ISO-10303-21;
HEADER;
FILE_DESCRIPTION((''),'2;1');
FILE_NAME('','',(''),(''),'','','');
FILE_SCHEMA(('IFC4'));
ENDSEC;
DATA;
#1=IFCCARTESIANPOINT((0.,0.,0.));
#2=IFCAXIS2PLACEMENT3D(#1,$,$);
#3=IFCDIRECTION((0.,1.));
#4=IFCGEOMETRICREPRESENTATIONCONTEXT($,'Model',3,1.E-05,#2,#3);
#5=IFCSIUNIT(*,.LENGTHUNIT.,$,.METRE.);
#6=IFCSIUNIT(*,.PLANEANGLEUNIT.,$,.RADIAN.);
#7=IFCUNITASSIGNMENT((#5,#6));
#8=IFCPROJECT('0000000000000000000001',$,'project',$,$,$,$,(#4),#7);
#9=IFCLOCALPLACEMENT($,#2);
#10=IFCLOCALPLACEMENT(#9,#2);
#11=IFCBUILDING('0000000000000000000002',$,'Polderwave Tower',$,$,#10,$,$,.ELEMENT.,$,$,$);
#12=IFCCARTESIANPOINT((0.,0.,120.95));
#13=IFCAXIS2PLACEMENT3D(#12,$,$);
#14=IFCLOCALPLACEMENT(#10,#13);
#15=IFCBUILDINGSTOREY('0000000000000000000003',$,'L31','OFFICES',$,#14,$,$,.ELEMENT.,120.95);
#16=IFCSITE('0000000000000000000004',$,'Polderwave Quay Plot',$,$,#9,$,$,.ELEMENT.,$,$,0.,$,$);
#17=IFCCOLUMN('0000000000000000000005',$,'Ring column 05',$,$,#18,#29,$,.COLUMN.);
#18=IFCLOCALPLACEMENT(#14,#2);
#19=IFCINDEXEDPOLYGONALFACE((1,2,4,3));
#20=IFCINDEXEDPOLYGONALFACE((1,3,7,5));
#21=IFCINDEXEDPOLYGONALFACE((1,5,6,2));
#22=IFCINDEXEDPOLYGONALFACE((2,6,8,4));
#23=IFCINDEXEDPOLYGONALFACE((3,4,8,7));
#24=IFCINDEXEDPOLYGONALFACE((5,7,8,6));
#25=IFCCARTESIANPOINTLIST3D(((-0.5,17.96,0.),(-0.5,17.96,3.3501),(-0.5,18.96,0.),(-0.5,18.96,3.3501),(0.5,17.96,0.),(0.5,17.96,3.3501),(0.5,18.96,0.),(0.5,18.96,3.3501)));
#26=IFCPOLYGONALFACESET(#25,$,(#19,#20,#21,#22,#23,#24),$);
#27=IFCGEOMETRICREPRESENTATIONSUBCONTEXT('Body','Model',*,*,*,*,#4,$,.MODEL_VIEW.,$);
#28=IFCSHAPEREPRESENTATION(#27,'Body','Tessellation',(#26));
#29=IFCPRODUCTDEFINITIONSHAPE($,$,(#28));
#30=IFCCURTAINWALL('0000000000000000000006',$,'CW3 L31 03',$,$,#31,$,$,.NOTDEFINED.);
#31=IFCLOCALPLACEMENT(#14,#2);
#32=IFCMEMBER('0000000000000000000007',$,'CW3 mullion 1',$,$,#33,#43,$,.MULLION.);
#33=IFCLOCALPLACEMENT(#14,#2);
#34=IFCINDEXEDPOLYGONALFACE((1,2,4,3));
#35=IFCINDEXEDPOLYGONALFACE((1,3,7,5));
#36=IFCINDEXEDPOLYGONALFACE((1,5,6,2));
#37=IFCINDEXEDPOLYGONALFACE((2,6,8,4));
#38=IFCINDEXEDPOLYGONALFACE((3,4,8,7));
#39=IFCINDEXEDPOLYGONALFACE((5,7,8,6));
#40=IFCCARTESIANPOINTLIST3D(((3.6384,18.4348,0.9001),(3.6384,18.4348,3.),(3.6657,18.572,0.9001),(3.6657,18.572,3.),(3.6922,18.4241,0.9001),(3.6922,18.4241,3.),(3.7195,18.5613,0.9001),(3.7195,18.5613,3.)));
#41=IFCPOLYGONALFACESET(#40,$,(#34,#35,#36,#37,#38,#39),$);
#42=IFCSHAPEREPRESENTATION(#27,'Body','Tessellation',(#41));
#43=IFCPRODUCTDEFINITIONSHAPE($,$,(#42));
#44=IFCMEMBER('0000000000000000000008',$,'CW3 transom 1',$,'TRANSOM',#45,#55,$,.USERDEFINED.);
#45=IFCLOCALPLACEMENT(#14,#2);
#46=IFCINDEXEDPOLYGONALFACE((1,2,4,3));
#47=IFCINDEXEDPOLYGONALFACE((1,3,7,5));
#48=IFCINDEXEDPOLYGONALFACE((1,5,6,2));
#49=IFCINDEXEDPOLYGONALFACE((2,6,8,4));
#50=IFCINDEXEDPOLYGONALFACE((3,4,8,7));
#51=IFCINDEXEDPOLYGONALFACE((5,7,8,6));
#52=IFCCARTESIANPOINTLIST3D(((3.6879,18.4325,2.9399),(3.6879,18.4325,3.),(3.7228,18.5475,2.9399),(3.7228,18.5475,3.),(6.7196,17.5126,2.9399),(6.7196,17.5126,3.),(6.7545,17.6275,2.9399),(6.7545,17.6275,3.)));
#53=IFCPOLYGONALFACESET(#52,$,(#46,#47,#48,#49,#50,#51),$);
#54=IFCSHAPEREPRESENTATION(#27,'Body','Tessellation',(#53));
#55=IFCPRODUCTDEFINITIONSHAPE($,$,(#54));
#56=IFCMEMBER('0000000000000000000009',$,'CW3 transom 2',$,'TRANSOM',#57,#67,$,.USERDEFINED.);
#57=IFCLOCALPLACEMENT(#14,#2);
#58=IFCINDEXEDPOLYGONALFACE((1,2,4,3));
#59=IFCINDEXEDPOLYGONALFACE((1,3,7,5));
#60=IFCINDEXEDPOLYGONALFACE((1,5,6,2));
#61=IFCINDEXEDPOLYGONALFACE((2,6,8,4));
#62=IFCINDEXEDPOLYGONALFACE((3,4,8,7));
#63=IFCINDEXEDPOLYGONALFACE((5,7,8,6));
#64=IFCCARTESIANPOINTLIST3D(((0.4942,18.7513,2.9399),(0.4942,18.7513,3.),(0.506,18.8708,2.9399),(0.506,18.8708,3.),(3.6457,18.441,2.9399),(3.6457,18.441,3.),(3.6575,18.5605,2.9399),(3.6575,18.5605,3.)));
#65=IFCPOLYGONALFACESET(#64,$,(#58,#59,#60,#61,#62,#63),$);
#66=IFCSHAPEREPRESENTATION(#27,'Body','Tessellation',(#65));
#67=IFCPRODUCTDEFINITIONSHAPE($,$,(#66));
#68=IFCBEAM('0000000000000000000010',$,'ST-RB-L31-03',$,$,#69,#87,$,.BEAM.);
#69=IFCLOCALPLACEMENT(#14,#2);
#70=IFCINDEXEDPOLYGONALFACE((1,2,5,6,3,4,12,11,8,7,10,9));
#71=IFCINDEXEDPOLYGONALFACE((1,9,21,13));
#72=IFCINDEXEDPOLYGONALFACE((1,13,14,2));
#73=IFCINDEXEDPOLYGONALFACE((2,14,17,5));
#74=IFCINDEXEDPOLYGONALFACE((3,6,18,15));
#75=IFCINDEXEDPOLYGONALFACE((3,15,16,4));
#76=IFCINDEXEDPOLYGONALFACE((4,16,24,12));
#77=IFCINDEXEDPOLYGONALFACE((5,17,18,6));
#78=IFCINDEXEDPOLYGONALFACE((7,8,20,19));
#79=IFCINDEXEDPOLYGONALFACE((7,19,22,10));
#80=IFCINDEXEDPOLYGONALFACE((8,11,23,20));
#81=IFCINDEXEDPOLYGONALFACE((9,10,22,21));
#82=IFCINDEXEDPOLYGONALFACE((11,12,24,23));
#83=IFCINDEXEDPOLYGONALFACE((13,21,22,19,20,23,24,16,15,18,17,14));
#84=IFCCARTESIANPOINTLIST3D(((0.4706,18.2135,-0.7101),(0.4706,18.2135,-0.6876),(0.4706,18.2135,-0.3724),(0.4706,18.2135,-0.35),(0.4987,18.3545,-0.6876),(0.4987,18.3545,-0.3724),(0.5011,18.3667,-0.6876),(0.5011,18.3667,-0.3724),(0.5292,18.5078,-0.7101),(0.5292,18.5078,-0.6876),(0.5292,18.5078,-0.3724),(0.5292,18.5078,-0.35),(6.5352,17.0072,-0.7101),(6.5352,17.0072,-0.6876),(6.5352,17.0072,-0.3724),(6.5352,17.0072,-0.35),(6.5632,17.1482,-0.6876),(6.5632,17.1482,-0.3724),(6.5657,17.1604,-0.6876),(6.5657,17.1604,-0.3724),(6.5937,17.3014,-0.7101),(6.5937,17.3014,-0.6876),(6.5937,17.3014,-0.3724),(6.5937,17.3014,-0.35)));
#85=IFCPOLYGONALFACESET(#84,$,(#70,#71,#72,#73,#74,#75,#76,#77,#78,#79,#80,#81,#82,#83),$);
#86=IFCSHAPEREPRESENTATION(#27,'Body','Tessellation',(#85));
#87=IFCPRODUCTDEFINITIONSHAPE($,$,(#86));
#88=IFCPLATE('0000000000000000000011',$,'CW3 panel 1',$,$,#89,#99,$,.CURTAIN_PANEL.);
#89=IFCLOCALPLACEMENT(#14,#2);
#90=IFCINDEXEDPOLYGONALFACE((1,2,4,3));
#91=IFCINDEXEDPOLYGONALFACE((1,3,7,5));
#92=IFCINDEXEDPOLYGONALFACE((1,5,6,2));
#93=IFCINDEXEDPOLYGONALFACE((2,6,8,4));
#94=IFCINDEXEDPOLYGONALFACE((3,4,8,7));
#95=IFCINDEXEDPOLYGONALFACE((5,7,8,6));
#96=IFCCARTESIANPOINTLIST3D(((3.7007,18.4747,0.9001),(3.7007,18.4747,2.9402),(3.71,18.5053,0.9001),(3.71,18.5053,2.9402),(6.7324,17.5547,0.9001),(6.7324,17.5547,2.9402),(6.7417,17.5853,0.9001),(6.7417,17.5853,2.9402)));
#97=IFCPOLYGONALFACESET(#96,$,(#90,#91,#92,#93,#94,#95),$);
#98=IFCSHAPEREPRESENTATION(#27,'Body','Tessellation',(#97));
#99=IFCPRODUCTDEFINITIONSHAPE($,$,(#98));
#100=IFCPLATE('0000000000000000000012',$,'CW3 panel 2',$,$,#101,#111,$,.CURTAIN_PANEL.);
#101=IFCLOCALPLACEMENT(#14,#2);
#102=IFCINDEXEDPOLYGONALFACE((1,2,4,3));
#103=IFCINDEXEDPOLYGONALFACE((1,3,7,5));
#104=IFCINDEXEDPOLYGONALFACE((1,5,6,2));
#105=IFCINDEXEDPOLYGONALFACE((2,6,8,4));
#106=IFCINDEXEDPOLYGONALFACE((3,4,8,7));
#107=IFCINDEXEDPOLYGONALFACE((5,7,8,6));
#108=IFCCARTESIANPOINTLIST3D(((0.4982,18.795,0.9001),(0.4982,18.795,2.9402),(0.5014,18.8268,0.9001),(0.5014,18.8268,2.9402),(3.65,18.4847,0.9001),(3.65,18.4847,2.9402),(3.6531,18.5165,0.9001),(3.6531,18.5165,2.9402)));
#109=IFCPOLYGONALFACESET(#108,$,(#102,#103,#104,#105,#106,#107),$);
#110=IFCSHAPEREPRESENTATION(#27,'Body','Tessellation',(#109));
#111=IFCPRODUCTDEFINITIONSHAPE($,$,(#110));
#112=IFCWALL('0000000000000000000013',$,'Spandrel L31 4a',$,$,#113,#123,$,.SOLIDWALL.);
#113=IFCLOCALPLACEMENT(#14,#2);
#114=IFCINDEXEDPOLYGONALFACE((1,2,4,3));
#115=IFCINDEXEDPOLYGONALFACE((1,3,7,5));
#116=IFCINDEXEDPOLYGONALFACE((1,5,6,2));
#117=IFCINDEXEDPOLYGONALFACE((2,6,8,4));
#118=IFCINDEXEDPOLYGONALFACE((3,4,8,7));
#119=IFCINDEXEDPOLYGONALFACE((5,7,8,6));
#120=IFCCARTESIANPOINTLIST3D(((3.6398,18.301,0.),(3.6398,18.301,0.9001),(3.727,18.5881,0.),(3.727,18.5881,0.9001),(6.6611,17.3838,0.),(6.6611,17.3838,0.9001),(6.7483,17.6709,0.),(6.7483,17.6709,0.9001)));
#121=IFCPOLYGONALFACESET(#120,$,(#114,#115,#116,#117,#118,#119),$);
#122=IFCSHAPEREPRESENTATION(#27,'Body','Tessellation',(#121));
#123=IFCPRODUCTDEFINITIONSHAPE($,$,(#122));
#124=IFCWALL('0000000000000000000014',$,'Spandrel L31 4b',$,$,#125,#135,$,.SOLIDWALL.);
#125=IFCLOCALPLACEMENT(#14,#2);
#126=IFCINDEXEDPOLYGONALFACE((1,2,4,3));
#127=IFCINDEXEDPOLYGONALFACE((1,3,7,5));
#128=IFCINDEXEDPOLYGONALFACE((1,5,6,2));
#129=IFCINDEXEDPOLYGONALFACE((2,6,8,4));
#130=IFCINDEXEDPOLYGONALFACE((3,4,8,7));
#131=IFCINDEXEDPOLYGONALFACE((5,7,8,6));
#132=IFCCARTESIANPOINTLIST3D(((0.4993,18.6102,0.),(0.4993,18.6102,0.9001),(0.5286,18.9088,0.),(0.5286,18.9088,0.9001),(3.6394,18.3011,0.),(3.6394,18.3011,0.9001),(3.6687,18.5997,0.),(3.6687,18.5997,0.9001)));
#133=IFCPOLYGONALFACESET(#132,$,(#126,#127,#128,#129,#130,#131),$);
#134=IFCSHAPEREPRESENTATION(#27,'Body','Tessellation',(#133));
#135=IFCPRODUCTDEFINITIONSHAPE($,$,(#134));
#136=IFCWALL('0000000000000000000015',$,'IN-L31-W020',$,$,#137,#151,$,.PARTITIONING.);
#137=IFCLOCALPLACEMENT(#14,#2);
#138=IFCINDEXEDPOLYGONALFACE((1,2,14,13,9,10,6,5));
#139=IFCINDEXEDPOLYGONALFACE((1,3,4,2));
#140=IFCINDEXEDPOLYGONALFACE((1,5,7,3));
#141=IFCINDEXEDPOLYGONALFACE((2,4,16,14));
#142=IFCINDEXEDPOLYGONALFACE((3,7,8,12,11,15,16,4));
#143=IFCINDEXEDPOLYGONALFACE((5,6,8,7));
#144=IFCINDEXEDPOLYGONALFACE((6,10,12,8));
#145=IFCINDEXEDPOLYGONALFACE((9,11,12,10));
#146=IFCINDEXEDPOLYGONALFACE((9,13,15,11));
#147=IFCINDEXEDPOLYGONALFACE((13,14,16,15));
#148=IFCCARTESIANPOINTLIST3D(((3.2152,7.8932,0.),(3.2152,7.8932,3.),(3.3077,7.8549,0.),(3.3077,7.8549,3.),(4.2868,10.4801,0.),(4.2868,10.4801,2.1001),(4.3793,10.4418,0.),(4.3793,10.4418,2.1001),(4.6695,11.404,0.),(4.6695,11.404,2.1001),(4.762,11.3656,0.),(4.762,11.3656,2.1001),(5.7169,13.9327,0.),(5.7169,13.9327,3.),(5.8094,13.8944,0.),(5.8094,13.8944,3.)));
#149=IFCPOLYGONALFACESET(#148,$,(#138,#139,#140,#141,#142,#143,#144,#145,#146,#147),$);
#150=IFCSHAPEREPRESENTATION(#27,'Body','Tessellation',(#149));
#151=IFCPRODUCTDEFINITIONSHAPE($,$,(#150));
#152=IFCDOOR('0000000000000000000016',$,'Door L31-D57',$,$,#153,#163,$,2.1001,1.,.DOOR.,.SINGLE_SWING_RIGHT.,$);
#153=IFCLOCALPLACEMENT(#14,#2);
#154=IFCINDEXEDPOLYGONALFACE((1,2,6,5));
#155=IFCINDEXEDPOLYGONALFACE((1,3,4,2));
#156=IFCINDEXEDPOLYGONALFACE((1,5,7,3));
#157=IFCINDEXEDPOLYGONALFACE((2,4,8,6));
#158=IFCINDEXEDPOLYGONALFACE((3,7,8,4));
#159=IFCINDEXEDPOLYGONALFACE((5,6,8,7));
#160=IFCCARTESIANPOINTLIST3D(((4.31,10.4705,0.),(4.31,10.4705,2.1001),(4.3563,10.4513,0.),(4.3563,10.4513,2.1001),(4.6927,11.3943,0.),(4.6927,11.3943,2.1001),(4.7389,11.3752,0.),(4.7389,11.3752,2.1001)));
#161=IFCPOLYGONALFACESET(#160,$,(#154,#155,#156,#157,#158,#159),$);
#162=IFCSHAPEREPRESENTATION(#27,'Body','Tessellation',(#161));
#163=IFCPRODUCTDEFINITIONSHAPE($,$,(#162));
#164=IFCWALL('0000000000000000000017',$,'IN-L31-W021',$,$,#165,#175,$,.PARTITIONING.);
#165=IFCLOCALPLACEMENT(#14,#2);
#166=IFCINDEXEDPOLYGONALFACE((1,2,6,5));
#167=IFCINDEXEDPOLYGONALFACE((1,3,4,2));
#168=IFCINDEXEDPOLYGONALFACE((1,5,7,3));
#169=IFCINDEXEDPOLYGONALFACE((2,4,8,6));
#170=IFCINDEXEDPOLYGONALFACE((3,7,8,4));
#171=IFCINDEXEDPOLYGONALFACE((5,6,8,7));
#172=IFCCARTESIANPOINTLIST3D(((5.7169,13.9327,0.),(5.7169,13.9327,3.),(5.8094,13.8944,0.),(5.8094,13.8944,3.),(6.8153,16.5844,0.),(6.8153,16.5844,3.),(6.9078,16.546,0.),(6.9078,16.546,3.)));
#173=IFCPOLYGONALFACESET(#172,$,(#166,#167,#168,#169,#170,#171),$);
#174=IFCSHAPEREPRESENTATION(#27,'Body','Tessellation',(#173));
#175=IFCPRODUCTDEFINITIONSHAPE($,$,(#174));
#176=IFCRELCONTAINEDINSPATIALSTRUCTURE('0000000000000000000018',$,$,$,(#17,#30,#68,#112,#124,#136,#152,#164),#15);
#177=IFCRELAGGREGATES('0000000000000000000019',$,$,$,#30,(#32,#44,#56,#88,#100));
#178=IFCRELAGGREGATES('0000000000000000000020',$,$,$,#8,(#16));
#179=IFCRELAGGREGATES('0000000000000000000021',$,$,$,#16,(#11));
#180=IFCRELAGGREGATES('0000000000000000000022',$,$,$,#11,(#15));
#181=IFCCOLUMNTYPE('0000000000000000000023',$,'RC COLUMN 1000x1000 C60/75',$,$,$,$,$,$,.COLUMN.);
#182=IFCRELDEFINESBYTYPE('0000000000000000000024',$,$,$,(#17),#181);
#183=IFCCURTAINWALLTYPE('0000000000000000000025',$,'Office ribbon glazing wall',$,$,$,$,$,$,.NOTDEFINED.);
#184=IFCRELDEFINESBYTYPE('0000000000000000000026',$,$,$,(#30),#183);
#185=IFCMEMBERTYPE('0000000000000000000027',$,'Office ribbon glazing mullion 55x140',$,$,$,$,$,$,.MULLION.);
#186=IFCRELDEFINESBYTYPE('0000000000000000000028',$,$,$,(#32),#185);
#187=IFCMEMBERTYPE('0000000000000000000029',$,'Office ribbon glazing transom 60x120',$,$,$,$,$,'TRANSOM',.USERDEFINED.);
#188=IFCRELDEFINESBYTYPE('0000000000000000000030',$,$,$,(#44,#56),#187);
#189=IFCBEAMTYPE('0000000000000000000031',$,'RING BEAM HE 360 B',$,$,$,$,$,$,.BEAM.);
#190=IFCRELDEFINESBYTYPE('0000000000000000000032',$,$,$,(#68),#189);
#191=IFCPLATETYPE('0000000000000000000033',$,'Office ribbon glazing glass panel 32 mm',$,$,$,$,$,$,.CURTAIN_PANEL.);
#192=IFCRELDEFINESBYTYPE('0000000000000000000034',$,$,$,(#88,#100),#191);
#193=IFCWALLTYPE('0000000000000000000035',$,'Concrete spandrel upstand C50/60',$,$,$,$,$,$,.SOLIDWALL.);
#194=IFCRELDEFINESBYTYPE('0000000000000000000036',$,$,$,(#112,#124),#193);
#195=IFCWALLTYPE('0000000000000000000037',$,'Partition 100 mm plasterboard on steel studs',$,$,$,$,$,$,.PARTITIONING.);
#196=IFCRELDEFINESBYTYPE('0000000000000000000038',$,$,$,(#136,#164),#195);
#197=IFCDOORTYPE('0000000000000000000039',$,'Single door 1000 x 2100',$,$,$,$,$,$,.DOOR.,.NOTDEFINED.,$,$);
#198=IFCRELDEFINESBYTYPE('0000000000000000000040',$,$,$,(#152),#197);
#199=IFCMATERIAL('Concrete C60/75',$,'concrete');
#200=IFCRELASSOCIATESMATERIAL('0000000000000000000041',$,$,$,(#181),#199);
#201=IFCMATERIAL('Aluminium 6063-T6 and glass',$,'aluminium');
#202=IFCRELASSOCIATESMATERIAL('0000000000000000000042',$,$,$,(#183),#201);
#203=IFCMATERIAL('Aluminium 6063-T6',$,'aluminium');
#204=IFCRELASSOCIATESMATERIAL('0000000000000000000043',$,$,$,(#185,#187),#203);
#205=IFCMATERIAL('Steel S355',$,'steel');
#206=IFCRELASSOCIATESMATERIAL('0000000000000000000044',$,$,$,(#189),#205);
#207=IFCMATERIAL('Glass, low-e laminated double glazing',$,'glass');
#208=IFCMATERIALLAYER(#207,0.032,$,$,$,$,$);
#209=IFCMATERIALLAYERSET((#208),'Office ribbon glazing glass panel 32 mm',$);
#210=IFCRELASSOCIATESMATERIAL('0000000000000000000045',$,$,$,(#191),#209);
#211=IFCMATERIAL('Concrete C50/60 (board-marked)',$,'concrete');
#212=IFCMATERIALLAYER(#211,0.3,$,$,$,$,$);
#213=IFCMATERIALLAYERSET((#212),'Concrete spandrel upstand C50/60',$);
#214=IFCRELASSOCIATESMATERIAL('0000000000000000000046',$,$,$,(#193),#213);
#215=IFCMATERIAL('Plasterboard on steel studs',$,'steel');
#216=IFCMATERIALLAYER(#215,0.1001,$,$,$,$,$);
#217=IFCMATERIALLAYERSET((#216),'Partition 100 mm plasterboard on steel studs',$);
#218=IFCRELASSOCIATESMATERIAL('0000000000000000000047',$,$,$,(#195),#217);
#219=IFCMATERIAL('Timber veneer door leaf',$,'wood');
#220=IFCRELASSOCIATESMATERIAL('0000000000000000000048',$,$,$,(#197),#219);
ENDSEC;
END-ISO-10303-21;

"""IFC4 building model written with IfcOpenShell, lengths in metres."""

from ifc_helpers import new_model, si_unit, direction, frame, frame_2d, origin, origin_2d, place, context, subcontext, project, spatial, rectangle, i_section, extrude, material, layer, layer_set, material_profile, profile_set, type_object, element, fill, aggregate, save


model = new_model("IFC4")

# Units and contexts
model_context = context("Model", 3, precision=1e-05, world=origin(), true_north=direction((0.0, 1.0)))
body_context = subcontext(model_context, "Body", "Model", "MODEL_VIEW")
ifc_project = project(units=[si_unit("LENGTHUNIT", "METRE"), si_unit("PLANEANGLEUNIT", "RADIAN")], contexts=[model_context])

# Site, building, storey
site_placement = place(None, origin())
site = spatial("IfcSite", under=ifc_project, at=site_placement, Name="Polderwave Quay Plot", CompositionType="ELEMENT", RefElevation=0.0)
building_placement = place(site_placement, origin())
building = spatial("IfcBuilding", under=site, at=building_placement, Name="Polderwave Tower", CompositionType="ELEMENT")
storey_placement = place(building_placement, frame((0.0, 0.0, 120.95)))
storey = spatial("IfcBuildingStorey", under=building, at=storey_placement, Name="L31", Description="OFFICES", CompositionType="ELEMENT", Elevation=120.95)

# Column
ifc_material_1 = material(Name="Concrete C60/75", Category="concrete")
ifc_material_profile_1 = material_profile(ifc_material_1, rectangle(XDim=1.0, YDim=1.0, at=origin_2d()), Name="RC 1000x1000")
ifc_profile_set_1 = profile_set([ifc_material_profile_1], Name="Concrete C60/75")
column_type = type_object("IfcColumnType", Name="RC COLUMN 1000x1000 C60/75", PredefinedType="COLUMN", material=ifc_profile_set_1)
column_placement = place(storey_placement, frame((0.0, 18.46, 0.0), z_axis=(0.0, 0.0, 1.0), x_axis=(0.0, 1.0, 0.0)))
element("IfcColumn", 1, at=column_placement, inside=storey, type_object=column_type, Name="Ring column 05", PredefinedType="COLUMN", context=body_context, shape_type="SweptSolid", body=[
    extrude(rectangle(XDim=1.0, YDim=1.0, at=origin_2d()), origin(), (0.0, 0.0, 1.0), 3.3501),
])

# Curtain wall, members
ifc_material_2 = material(Name="Aluminium 6063-T6 and glass", Category="aluminium")
curtain_wall_type = type_object("IfcCurtainWallType", Name="Office ribbon glazing wall", PredefinedType="NOTDEFINED", material=ifc_material_2)
curtain_wall_placement = place(storey_placement, origin())
curtain_wall = element("IfcCurtainWall", 2, at=curtain_wall_placement, inside=storey, type_object=curtain_wall_type, Name="CW3 L31 03", PredefinedType="NOTDEFINED")
ifc_material_3 = material(Name="Aluminium 6063-T6", Category="aluminium")
ifc_material_profile_2 = material_profile(ifc_material_3, rectangle(XDim=0.1399, YDim=0.0549, at=origin_2d()), Name="AL 55x140")
ifc_profile_set_2 = profile_set([ifc_material_profile_2], Name="Aluminium 6063-T6")
member_type_1 = type_object("IfcMemberType", Name="Office ribbon glazing mullion 55x140", PredefinedType="MULLION", material=ifc_profile_set_2)
member_1_placement = place(storey_placement, frame((3.679, 18.498, 0.9001), z_axis=(0.0, 0.0, 1.0), x_axis=(-0.195128, -0.980778, 0.0)))
member_1 = element("IfcMember", 3, at=member_1_placement, type_object=member_type_1, Name="CW3 mullion 1", PredefinedType="MULLION", context=body_context, shape_type="SweptSolid", body=[
    extrude(rectangle(XDim=0.1399, YDim=0.0549, at=origin_2d()), origin(), (0.0, 0.0, 1.0), 2.0999),
])
ifc_material_profile_3 = material_profile(ifc_material_3, rectangle(XDim=0.1201, YDim=0.0601, at=origin_2d()), Name="AL 60x120")
ifc_profile_set_3 = profile_set([ifc_material_profile_3], Name="Aluminium 6063-T6")
member_type_2 = type_object("IfcMemberType", Name="Office ribbon glazing transom 60x120", ElementType="TRANSOM", PredefinedType="USERDEFINED", material=ifc_profile_set_3)
member_2_placement = place(storey_placement, frame((6.7371, 17.5701, 2.97), z_axis=(-0.956918, 0.290358, 0.0), x_axis=(-0.290358, -0.956918, 0.0)))
member_2 = element("IfcMember", 4, at=member_2_placement, type_object=member_type_2, Name="CW3 transom 1", ObjectType="TRANSOM", PredefinedType="USERDEFINED", context=body_context, shape_type="SweptSolid", body=[
    extrude(rectangle(XDim=0.1201, YDim=0.0601, at=origin_2d()), origin(), (0.0, 0.0, 1.0), 3.1682),
])
member_3_placement = place(storey_placement, frame((3.6516, 18.5007, 2.97), z_axis=(-0.995188, 0.097985, 0.0), x_axis=(-0.097985, -0.995188, 0.0)))
member_3 = element("IfcMember", 5, at=member_3_placement, type_object=member_type_2, Name="CW3 transom 2", ObjectType="TRANSOM", PredefinedType="USERDEFINED", context=body_context, shape_type="SweptSolid", body=[
    extrude(rectangle(XDim=0.1201, YDim=0.0601, at=origin_2d()), origin(), (0.0, 0.0, 1.0), 3.1667),
])

# Beam
ifc_material_4 = material(Name="Steel S355", Category="steel")
ifc_material_profile_4 = material_profile(ifc_material_4, i_section(OverallWidth=0.3, OverallDepth=0.3601, WebThickness=0.0125, FlangeThickness=0.0225, at=origin_2d()), Name="HE 360 B")
ifc_profile_set_4 = profile_set([ifc_material_profile_4], Name="Steel S355")
beam_type = type_object("IfcBeamType", Name="RING BEAM HE 360 B", PredefinedType="BEAM", material=ifc_profile_set_4)
beam_placement = place(storey_placement, frame((6.5645, 17.1543, -0.53), z_axis=(-0.980785, 0.195091, 0.0), x_axis=(-0.195091, -0.980785, 0.0)))
element("IfcBeam", 6, at=beam_placement, inside=storey, type_object=beam_type, Name="ST-RB-L31-03", PredefinedType="BEAM", context=body_context, shape_type="SweptSolid", body=[
    extrude(i_section(OverallWidth=0.3, OverallDepth=0.3601, WebThickness=0.0125, FlangeThickness=0.0225, at=origin_2d()), origin(), (0.0, 0.0, 1.0), 6.1833),
])

# Plates
ifc_material_5 = material(Name="Glass, low-e laminated double glazing", Category="glass")
ifc_layer_1 = layer(ifc_material_5, 0.032)
ifc_layer_set_1 = layer_set([ifc_layer_1], Name="Office ribbon glazing glass panel 32 mm")
plate_type = type_object("IfcPlateType", Name="Office ribbon glazing glass panel 32 mm", PredefinedType="CURTAIN_PANEL", material=ifc_layer_set_1)
plate_1_placement = place(storey_placement, frame((5.2212, 18.03, 0.9001), z_axis=(0.0, 0.0, 1.0), x_axis=(-0.956908, 0.29039, 0.0)))
plate_1 = element("IfcPlate", 7, at=plate_1_placement, type_object=plate_type, Name="CW3 panel 1", PredefinedType="CURTAIN_PANEL", context=body_context, shape_type="SweptSolid", body=[
    extrude(rectangle(XDim=3.1682, YDim=0.032, at=origin_2d()), origin(), (0.0, 0.0, 1.0), 2.04),
])
plate_2_placement = place(storey_placement, frame((2.0757, 18.6558, 0.9001), z_axis=(0.0, 0.0, 1.0), x_axis=(-0.995188, 0.097984, 0.0)))
plate_2 = element("IfcPlate", 8, at=plate_2_placement, type_object=plate_type, Name="CW3 panel 2", PredefinedType="CURTAIN_PANEL", context=body_context, shape_type="SweptSolid", body=[
    extrude(rectangle(XDim=3.167, YDim=0.032, at=origin_2d()), origin(), (0.0, 0.0, 1.0), 2.04),
])
aggregate(curtain_wall, [member_1, member_2, member_3, plate_1, plate_2])

# Walls
ifc_material_6 = material(Name="Concrete C50/60 (board-marked)", Category="concrete")
ifc_layer_2 = layer(ifc_material_6, 0.3)
ifc_layer_set_2 = layer_set([ifc_layer_2], Name="Concrete spandrel upstand C50/60")
wall_type_1 = type_object("IfcWallType", Name="Concrete spandrel upstand C50/60", PredefinedType="SOLIDWALL", material=ifc_layer_set_2)
wall_1_placement = place(storey_placement, frame((6.7046, 17.5273, 0.0), z_axis=(0.0, 0.0, 1.0), x_axis=(-0.956874, 0.290503, 0.0)))
element("IfcWall", 9, at=wall_1_placement, inside=storey, type_object=wall_type_1, Name="Spandrel L31 4a", PredefinedType="SOLIDWALL", context=body_context, shape_type="SweptSolid", body=[
    extrude(rectangle(XDim=3.1575, YDim=0.3, at=frame_2d((1.5786, 0.0))), origin(), (0.0, 0.0, 1.0), 0.9001),
])
wall_2_placement = place(storey_placement, frame((3.6541, 18.4504, 0.0), z_axis=(0.0, 0.0, 1.0), x_axis=(-0.995191, 0.097956, 0.0)))
element("IfcWall", 10, at=wall_2_placement, inside=storey, type_object=wall_type_1, Name="Spandrel L31 4b", PredefinedType="SOLIDWALL", context=body_context, shape_type="SweptSolid", body=[
    extrude(rectangle(XDim=3.1553, YDim=0.3, at=frame_2d((1.5776, 0.0))), origin(), (0.0, 0.0, 1.0), 0.9001),
])

# Wall, opening, door
ifc_material_7 = material(Name="Plasterboard on steel studs", Category="steel")
ifc_layer_3 = layer(ifc_material_7, 0.1001)
ifc_layer_set_3 = layer_set([ifc_layer_3], Name="Partition 100 mm plasterboard on steel studs")
wall_type_2 = type_object("IfcWallType", Name="Partition 100 mm plasterboard on steel studs", PredefinedType="PARTITIONING", material=ifc_layer_set_3)
wall_3_placement = place(storey_placement, frame((3.2615, 7.874, 0.0), z_axis=(0.0, 0.0, 1.0), x_axis=(0.382689, 0.923877, 0.0)))
wall_3 = element("IfcWall", 11, at=wall_3_placement, inside=storey, type_object=wall_type_2, Name="IN-L31-W020", PredefinedType="PARTITIONING", context=body_context, shape_type="SweptSolid", body=[
    extrude(rectangle(XDim=6.5371, YDim=0.1001, at=frame_2d((3.2686, 0.0))), origin(), (0.0, 0.0, 1.0), 3.0),
])
opening_1_placement = place(wall_3_placement, frame((2.8, 0.0, 0.0)))
opening_1 = element("IfcOpeningElement", 12, at=opening_1_placement, cuts=wall_3, PredefinedType="OPENING", context=body_context, shape_type="SweptSolid", body=[
    extrude(rectangle(XDim=1.0, YDim=2.1001, at=frame_2d((0.5, 1.05))), frame((0.0, 0.0601, 0.0), z_axis=(0.0, -1.0, 0.0), x_axis=(1.0, 0.0, 0.0)), (0.0, 0.0, 1.0), 0.1201),
])
ifc_material_8 = material(Name="Timber veneer door leaf", Category="wood")
door_type = type_object("IfcDoorType", Name="Single door 1000 x 2100", OperationType="NOTDEFINED", PredefinedType="DOOR", material=ifc_material_8)
door_1_placement = place(opening_1_placement, origin())
door_1 = element("IfcDoor", 13, at=door_1_placement, inside=storey, type_object=door_type, Name="Door L31-D57", OperationType="SINGLE_SWING_RIGHT", OverallHeight=2.1001, OverallWidth=1.0, PredefinedType="DOOR", context=body_context, shape_type="SweptSolid", body=[
    extrude(rectangle(XDim=1.0, YDim=2.1001, at=frame_2d((0.5, 1.05))), frame((0.0, 0.0249, 0.0), z_axis=(0.0, -1.0, 0.0), x_axis=(1.0, 0.0, 0.0)), (0.0, 0.0, 1.0), 0.05),
])
fill(opening_1, door_1)

# Wall
wall_4_placement = place(storey_placement, frame((5.7632, 13.9136, 0.0), z_axis=(0.0, 0.0, 1.0), x_axis=(0.3827, 0.923873, 0.0)))
element("IfcWall", 14, at=wall_4_placement, inside=storey, type_object=wall_type_2, Name="IN-L31-W021", PredefinedType="PARTITIONING", context=body_context, shape_type="SweptSolid", body=[
    extrude(rectangle(XDim=2.8701, YDim=0.1001, at=frame_2d((1.4351, 0.0))), origin(), (0.0, 0.0, 1.0), 3.0),
])

save(model, "model.ifc")
